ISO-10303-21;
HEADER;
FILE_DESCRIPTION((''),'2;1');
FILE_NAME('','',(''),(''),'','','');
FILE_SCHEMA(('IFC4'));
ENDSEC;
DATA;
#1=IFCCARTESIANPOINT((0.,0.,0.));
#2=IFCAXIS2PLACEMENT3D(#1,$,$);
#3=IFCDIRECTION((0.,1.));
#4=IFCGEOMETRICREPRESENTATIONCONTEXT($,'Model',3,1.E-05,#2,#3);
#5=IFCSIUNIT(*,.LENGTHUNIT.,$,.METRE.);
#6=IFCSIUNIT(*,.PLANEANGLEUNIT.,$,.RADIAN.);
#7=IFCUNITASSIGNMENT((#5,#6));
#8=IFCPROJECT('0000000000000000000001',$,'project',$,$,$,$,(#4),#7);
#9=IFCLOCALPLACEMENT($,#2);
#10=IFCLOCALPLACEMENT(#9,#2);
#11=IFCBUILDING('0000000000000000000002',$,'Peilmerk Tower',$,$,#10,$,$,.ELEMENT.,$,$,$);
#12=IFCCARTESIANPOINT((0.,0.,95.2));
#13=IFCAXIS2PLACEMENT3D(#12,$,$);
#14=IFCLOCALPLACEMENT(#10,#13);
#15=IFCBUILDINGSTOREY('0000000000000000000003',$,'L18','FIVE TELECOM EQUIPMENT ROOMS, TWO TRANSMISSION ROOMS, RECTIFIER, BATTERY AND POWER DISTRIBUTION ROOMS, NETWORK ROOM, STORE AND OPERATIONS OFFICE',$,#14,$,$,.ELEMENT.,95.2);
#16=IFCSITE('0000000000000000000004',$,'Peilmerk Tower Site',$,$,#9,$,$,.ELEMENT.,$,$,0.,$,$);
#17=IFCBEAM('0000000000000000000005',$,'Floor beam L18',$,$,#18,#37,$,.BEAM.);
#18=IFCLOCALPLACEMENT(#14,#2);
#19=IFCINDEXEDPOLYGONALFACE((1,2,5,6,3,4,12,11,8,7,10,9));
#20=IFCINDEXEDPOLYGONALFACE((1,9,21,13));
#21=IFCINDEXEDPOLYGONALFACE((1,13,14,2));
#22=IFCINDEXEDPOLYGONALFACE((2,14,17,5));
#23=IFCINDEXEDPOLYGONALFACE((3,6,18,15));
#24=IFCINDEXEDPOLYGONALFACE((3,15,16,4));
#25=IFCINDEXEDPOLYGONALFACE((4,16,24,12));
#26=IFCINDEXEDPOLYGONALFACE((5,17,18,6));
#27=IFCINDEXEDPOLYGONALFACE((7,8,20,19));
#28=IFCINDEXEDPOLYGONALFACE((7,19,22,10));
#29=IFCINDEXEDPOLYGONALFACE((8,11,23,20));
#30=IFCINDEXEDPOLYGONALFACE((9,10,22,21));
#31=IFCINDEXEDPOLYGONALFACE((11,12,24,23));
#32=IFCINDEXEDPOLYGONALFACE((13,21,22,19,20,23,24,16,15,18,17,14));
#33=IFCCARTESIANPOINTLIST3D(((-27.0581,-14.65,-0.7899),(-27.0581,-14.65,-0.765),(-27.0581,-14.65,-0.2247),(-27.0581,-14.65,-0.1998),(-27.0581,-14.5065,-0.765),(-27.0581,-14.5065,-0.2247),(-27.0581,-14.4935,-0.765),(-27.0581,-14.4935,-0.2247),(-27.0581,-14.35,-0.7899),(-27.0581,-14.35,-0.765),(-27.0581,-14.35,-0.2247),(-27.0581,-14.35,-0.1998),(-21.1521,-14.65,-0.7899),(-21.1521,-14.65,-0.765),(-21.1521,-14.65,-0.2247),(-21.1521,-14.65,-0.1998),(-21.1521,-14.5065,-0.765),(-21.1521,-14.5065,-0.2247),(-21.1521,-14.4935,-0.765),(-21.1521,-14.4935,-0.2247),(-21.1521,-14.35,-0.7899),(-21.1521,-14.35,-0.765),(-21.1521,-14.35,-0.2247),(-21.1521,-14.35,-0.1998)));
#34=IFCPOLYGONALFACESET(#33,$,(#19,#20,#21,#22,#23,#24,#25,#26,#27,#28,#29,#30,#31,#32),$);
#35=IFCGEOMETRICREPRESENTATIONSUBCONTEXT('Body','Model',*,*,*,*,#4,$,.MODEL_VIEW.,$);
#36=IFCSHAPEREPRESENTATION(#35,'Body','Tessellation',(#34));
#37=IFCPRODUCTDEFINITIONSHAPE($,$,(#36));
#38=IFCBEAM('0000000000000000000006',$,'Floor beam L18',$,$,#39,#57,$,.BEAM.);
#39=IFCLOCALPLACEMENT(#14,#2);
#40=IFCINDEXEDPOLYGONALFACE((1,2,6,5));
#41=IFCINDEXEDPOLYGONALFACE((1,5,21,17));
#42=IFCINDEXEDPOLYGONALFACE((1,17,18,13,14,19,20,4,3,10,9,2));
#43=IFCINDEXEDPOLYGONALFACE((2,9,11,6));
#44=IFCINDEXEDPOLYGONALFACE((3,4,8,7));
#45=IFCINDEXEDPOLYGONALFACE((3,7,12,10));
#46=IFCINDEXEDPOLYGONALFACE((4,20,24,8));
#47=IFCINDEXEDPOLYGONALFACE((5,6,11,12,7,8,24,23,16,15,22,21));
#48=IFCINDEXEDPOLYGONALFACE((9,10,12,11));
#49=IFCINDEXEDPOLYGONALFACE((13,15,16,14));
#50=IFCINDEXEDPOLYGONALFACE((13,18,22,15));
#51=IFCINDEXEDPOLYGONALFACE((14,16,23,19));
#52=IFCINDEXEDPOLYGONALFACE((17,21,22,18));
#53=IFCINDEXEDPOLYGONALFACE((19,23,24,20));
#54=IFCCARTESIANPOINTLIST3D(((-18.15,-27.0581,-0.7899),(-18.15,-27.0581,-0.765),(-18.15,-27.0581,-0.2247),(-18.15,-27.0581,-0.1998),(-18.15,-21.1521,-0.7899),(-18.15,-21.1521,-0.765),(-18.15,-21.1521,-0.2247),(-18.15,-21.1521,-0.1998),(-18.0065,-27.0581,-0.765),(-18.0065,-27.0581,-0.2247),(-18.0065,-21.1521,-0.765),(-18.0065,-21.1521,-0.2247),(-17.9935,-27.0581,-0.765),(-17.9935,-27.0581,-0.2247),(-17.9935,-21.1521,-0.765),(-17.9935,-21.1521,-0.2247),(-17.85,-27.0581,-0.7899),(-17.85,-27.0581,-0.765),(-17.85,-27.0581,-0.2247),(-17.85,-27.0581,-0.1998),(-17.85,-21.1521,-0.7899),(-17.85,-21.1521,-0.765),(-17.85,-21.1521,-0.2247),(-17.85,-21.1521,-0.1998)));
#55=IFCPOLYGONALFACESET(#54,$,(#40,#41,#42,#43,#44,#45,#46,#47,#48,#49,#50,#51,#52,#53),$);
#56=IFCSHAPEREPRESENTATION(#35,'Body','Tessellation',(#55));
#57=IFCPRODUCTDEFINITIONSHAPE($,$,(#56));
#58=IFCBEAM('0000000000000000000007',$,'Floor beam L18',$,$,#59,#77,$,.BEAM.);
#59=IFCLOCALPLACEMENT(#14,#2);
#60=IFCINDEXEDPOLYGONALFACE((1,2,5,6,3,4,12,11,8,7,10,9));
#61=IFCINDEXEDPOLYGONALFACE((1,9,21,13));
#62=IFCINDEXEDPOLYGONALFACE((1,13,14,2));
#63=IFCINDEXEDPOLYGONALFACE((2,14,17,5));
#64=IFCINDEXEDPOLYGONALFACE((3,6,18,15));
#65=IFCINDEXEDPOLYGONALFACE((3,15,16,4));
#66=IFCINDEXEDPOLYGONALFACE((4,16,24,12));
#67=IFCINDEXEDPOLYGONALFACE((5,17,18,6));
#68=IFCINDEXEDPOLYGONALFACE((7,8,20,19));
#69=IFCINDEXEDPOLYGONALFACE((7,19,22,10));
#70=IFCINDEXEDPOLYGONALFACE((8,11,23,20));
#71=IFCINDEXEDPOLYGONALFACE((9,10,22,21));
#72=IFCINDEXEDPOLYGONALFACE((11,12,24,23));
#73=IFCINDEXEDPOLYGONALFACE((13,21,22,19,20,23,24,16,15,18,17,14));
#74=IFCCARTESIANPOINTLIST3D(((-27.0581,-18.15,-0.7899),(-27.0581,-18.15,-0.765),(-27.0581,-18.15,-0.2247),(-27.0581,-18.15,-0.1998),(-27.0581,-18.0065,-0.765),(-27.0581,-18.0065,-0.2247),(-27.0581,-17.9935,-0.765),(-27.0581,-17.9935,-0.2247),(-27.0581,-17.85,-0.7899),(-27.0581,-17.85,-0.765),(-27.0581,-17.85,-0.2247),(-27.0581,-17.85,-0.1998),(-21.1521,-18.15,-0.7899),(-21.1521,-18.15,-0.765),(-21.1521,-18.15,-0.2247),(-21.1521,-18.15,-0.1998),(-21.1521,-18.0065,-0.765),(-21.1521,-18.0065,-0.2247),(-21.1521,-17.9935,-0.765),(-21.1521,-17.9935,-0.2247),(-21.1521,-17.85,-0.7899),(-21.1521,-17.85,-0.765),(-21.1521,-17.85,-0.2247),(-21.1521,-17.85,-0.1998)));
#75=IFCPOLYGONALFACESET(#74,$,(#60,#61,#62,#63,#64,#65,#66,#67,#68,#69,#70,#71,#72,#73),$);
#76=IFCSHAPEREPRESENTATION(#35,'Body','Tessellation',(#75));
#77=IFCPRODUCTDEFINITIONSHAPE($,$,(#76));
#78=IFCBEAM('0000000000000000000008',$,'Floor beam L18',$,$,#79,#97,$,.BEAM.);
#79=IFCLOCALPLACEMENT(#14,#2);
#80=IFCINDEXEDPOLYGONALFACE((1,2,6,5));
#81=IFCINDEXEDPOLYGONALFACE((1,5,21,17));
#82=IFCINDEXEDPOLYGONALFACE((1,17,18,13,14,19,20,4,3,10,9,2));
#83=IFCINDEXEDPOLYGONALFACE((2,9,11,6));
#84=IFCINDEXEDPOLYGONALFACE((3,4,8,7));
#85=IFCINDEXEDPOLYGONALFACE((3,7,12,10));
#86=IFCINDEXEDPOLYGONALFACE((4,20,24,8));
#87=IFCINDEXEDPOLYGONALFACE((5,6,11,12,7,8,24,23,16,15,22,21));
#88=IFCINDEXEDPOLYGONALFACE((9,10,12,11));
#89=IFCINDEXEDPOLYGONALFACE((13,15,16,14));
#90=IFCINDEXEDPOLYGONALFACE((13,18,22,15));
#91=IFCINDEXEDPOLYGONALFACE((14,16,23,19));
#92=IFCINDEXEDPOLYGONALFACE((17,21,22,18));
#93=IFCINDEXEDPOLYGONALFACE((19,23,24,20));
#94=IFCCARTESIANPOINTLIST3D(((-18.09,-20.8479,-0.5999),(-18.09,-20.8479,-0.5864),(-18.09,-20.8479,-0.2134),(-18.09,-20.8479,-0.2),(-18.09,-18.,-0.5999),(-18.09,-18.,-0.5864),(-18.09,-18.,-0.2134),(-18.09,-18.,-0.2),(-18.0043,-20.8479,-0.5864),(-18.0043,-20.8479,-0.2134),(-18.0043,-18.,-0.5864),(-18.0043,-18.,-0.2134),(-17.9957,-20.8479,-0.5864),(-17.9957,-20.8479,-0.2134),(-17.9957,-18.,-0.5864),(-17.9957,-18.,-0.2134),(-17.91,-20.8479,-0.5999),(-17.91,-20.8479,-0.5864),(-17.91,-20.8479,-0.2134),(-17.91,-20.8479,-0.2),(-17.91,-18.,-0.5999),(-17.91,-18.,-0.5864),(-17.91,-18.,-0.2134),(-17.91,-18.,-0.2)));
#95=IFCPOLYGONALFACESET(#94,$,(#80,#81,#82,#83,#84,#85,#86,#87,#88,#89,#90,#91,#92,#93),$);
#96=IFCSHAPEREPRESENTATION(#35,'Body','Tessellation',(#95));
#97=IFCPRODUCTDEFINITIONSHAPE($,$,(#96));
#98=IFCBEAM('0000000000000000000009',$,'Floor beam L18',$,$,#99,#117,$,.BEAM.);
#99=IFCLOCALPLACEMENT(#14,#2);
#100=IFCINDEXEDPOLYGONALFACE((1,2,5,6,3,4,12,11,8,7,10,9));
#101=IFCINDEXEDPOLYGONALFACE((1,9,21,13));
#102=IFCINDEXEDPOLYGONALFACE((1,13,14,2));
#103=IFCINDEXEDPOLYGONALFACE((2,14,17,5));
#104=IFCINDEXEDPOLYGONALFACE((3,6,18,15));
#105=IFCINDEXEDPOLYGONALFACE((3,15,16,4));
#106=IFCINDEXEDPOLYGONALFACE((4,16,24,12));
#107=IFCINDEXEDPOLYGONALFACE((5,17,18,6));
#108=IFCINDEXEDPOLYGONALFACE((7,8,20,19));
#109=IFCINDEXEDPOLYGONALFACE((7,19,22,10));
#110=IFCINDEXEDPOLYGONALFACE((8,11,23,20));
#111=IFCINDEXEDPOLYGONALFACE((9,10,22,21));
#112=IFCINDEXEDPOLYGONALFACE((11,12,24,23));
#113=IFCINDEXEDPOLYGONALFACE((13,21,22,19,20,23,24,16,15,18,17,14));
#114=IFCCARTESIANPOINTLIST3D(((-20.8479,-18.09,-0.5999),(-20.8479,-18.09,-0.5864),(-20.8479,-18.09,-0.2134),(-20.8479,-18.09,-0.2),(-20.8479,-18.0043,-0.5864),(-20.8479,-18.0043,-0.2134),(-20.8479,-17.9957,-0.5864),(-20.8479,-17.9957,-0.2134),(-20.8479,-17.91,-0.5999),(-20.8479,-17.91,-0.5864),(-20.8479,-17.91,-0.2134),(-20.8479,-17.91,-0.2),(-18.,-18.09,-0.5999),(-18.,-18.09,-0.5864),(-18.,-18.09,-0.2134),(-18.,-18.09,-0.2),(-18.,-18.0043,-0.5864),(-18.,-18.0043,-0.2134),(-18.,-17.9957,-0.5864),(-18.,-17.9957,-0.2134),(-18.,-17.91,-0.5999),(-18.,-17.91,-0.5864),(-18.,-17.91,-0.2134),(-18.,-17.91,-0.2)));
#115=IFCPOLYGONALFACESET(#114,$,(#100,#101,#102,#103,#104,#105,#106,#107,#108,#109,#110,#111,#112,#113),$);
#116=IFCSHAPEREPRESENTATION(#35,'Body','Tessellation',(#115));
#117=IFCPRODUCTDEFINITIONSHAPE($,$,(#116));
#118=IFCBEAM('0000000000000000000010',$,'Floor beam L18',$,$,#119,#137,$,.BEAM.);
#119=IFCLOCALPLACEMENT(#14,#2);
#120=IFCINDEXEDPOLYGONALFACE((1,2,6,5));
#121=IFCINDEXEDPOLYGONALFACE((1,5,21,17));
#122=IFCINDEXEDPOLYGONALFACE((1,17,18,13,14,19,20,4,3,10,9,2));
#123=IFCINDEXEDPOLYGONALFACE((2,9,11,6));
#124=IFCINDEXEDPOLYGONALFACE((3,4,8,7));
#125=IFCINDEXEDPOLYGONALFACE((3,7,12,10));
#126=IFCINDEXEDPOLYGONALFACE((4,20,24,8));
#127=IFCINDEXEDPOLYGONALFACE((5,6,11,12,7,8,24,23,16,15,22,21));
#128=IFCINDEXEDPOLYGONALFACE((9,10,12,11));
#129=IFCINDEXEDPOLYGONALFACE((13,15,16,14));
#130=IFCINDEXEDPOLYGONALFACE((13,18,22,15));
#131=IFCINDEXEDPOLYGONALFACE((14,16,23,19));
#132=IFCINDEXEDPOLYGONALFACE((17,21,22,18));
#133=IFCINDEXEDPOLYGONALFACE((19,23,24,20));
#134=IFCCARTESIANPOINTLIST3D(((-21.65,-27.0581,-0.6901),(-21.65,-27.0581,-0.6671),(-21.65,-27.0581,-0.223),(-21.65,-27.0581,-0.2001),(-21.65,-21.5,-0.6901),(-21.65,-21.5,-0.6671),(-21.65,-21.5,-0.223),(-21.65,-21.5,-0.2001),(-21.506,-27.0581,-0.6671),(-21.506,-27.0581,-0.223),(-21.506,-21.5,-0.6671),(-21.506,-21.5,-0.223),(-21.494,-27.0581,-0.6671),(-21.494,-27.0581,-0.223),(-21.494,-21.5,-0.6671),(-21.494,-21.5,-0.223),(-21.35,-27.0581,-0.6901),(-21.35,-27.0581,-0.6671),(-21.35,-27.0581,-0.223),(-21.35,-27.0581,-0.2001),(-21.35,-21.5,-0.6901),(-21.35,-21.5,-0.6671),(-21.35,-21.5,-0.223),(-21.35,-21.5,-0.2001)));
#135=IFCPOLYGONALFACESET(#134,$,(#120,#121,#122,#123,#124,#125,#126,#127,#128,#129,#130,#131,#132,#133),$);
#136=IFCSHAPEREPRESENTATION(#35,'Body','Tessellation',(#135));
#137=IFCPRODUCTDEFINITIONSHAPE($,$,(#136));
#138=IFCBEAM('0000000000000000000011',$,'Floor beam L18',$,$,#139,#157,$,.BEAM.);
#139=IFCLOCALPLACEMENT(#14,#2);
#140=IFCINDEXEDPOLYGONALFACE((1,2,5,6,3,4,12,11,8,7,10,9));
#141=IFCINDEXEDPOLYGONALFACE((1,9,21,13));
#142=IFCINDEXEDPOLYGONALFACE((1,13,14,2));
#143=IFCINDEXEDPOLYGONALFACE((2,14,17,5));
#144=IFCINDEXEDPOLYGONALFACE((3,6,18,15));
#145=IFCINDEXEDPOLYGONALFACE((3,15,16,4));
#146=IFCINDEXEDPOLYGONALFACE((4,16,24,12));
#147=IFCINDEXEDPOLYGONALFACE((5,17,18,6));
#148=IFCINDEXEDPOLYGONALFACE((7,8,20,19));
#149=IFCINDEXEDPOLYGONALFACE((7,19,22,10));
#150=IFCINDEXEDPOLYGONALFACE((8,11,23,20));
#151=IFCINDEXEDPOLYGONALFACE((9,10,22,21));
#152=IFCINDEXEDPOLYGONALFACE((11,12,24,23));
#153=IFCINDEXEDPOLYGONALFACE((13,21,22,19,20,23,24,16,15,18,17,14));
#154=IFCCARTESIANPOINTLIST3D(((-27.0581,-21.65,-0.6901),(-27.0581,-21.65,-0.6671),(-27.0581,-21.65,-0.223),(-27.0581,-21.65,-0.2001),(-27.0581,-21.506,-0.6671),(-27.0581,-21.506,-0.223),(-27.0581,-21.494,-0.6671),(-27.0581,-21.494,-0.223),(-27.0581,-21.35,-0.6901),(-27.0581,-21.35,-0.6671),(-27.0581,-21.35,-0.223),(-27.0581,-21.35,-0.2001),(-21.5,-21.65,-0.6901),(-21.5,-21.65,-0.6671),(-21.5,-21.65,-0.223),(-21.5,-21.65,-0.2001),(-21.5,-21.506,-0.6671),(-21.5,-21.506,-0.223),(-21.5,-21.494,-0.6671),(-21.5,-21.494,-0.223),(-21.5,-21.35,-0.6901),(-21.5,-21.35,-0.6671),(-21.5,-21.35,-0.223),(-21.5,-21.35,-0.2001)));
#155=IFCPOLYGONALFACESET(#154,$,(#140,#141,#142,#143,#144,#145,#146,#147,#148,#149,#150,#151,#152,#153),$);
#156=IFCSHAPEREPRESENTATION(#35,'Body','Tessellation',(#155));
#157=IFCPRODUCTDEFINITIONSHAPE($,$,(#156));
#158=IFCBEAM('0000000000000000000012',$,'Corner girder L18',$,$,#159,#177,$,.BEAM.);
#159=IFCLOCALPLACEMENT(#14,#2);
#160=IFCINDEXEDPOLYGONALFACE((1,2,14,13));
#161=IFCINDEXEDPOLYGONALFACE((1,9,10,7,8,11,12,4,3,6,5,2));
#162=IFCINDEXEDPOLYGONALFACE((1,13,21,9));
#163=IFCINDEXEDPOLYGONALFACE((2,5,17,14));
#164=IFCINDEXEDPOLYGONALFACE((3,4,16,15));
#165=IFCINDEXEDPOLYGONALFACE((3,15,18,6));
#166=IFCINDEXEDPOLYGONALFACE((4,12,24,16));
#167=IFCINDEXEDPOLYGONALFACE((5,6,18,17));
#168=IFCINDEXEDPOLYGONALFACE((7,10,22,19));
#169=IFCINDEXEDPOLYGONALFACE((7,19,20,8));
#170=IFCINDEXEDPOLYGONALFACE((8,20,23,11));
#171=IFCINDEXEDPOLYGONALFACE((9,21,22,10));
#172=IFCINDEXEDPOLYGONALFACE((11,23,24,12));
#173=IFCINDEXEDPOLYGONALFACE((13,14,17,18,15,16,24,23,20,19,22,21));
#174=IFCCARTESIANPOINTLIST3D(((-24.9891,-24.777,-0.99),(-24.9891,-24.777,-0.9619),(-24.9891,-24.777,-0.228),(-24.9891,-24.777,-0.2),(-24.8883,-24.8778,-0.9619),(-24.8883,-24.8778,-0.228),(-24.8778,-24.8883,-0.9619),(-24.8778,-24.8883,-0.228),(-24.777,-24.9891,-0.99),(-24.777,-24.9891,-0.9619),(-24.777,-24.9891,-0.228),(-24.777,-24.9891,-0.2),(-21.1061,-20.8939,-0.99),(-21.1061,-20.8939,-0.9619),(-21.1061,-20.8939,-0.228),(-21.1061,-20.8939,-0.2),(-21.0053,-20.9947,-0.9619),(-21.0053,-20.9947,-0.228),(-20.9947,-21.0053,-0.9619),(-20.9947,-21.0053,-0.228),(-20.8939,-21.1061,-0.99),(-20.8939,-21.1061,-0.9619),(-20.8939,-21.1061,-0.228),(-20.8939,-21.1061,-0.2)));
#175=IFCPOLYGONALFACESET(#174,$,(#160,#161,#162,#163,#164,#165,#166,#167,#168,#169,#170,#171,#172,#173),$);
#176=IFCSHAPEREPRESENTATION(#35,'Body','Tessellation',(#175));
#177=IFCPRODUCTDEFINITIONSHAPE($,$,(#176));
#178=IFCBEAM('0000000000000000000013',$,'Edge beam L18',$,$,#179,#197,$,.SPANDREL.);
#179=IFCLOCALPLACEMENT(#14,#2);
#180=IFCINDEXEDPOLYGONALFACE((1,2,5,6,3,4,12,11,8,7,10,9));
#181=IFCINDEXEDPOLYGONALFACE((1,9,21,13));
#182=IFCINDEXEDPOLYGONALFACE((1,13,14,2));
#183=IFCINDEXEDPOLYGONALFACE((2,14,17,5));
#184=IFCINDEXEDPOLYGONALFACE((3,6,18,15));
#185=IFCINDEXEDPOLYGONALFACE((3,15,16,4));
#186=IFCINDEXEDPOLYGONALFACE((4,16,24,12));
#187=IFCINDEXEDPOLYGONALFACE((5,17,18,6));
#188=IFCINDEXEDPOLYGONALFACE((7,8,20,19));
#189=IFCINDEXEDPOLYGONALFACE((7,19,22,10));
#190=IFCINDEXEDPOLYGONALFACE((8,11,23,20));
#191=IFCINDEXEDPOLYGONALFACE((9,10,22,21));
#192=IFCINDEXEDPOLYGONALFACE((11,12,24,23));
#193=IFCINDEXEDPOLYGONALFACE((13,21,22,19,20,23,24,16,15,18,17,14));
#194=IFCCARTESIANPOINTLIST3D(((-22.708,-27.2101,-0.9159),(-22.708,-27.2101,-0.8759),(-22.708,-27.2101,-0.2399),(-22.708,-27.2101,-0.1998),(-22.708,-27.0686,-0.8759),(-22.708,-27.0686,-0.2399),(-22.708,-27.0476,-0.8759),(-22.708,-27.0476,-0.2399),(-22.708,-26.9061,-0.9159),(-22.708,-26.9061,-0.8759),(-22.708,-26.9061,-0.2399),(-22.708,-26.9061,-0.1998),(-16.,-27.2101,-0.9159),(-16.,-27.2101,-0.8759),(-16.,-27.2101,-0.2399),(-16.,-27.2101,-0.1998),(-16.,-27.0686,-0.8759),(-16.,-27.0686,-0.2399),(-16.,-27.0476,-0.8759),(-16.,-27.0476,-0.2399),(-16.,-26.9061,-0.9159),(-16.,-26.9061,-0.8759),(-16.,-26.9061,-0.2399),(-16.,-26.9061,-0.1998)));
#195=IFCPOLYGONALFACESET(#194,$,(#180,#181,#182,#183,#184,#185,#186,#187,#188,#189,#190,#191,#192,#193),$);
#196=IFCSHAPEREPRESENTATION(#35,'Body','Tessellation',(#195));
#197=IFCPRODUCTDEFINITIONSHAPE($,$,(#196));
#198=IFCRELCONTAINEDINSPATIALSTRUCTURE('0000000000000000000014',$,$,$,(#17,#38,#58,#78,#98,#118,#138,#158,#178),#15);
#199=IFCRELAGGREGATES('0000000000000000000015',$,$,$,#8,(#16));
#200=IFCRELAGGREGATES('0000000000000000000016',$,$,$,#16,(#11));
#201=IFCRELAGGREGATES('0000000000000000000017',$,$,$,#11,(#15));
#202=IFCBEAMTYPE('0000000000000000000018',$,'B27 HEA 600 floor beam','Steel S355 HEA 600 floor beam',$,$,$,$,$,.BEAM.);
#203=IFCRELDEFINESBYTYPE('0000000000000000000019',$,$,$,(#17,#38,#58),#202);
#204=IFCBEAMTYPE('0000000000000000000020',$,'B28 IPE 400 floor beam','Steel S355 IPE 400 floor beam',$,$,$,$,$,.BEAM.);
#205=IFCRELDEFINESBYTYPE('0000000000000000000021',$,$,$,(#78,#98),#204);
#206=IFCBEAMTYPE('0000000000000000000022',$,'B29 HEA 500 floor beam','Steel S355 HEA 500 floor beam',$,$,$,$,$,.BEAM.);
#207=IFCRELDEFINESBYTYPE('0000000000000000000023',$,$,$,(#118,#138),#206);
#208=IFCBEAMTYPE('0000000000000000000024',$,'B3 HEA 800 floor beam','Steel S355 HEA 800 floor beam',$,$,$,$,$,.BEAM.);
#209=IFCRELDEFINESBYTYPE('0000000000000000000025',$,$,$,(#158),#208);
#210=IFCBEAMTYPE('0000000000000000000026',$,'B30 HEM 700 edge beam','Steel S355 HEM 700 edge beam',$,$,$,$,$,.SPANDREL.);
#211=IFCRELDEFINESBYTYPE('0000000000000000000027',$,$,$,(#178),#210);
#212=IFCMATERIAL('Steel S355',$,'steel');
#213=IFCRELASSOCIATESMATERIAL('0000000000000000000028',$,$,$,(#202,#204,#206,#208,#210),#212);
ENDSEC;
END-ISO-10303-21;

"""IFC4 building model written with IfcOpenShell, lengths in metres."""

from ifc_helpers import new_model, si_unit, direction, frame, origin, origin_2d, place, context, subcontext, project, spatial, i_section, extrude, material, material_profile, profile_set, type_object, element, save


model = new_model("IFC4")

# Units and contexts
model_context = context("Model", 3, precision=1e-05, world=origin(), true_north=direction((0.0, 1.0)))
body_context = subcontext(model_context, "Body", "Model", "MODEL_VIEW")
ifc_project = project(units=[si_unit("LENGTHUNIT", "METRE"), si_unit("PLANEANGLEUNIT", "RADIAN")], contexts=[model_context])

# Site, building, storey
site_placement = place(None, origin())
site = spatial("IfcSite", under=ifc_project, at=site_placement, Name="Peilmerk Tower Site", CompositionType="ELEMENT", RefElevation=0.0)
building_placement = place(site_placement, origin())
building = spatial("IfcBuilding", under=site, at=building_placement, Name="Peilmerk Tower", CompositionType="ELEMENT")
storey_placement = place(building_placement, frame((0.0, 0.0, 95.2)))
storey = spatial("IfcBuildingStorey", under=building, at=storey_placement, Name="L18", Description="FIVE TELECOM EQUIPMENT ROOMS, TWO TRANSMISSION ROOMS, RECTIFIER, BATTERY AND POWER DISTRIBUTION ROOMS, NETWORK ROOM, STORE AND OPERATIONS OFFICE", CompositionType="ELEMENT", Elevation=95.2)

# Beams
ifc_material_1 = material(Name="Steel S355", Category="steel")
ifc_material_profile_1 = material_profile(ifc_material_1, i_section(OverallWidth=0.3, OverallDepth=0.5901, WebThickness=0.0129, FlangeThickness=0.0249, at=origin_2d()), Name="HEA 600")
ifc_profile_set_1 = profile_set([ifc_material_profile_1], Name="Steel S355")
beam_type_1 = type_object("IfcBeamType", Name="B27 HEA 600 floor beam", Description="Steel S355 HEA 600 floor beam", PredefinedType="BEAM", material=ifc_profile_set_1)
for number, where, z_axis, x_axis, name in (
    (1, (-21.1521, -14.5, -0.4949), (-1.0, 0.0, 0.0), (0.0, -1.0, 0.0), "Floor beam L18"),
    (2, (-18.0, -21.1521, -0.4949), (0.0, -1.0, 0.0), (1.0, 0.0, 0.0), "Floor beam L18"),
    (3, (-21.1521, -18.0, -0.4949), (-1.0, 0.0, 0.0), (0.0, -1.0, 0.0), "Floor beam L18"),
):
    element("IfcBeam", number, at=place(storey_placement, frame(where, z_axis=z_axis, x_axis=x_axis)), inside=storey, type_object=beam_type_1, Name=name, PredefinedType="BEAM", context=body_context, shape_type="SweptSolid", body=[
        extrude(i_section(OverallWidth=0.3, OverallDepth=0.5901, WebThickness=0.0129, FlangeThickness=0.0249, at=origin_2d()), origin(), (0.0, 0.0, 1.0), 5.906),
    ])
ifc_material_profile_2 = material_profile(ifc_material_1, i_section(OverallWidth=0.1799, OverallDepth=0.3999, WebThickness=0.0085, FlangeThickness=0.0134, at=origin_2d()), Name="IPE 400")
ifc_profile_set_2 = profile_set([ifc_material_profile_2], Name="Steel S355")
beam_type_2 = type_object("IfcBeamType", Name="B28 IPE 400 floor beam", Description="Steel S355 IPE 400 floor beam", PredefinedType="BEAM", material=ifc_profile_set_2)
for number, where, z_axis, x_axis, name in (
    (4, (-18.0, -18.0, -0.3999), (0.0, -1.0, 0.0), (1.0, 0.0, 0.0), "Floor beam L18"),
    (5, (-18.0, -18.0, -0.3999), (-1.0, 0.0, 0.0), (0.0, -1.0, 0.0), "Floor beam L18"),
):
    element("IfcBeam", number, at=place(storey_placement, frame(where, z_axis=z_axis, x_axis=x_axis)), inside=storey, type_object=beam_type_2, Name=name, PredefinedType="BEAM", context=body_context, shape_type="SweptSolid", body=[
        extrude(i_section(OverallWidth=0.1799, OverallDepth=0.3999, WebThickness=0.0085, FlangeThickness=0.0134, at=origin_2d()), origin(), (0.0, 0.0, 1.0), 2.8479),
    ])
ifc_material_profile_3 = material_profile(ifc_material_1, i_section(OverallWidth=0.3, OverallDepth=0.49, WebThickness=0.012, FlangeThickness=0.0229, at=origin_2d()), Name="HEA 500")
ifc_profile_set_3 = profile_set([ifc_material_profile_3], Name="Steel S355")
beam_type_3 = type_object("IfcBeamType", Name="B29 HEA 500 floor beam", Description="Steel S355 HEA 500 floor beam", PredefinedType="BEAM", material=ifc_profile_set_3)
for number, where, z_axis, x_axis, name in (
    (6, (-21.5, -21.5, -0.4451), (0.0, -1.0, 0.0), (1.0, 0.0, 0.0), "Floor beam L18"),
    (7, (-21.5, -21.5, -0.4451), (-1.0, 0.0, 0.0), (0.0, -1.0, 0.0), "Floor beam L18"),
):
    element("IfcBeam", number, at=place(storey_placement, frame(where, z_axis=z_axis, x_axis=x_axis)), inside=storey, type_object=beam_type_3, Name=name, PredefinedType="BEAM", context=body_context, shape_type="SweptSolid", body=[
        extrude(i_section(OverallWidth=0.3, OverallDepth=0.49, WebThickness=0.012, FlangeThickness=0.0229, at=origin_2d()), origin(), (0.0, 0.0, 1.0), 5.5581),
    ])
ifc_material_profile_4 = material_profile(ifc_material_1, i_section(OverallWidth=0.3, OverallDepth=0.79, WebThickness=0.0149, FlangeThickness=0.0281, at=origin_2d()), Name="HEA 800")
ifc_profile_set_4 = profile_set([ifc_material_profile_4], Name="Steel S355")
beam_type_4 = type_object("IfcBeamType", Name="B3 HEA 800 floor beam", Description="Steel S355 HEA 800 floor beam", PredefinedType="BEAM", material=ifc_profile_set_4)
beam_1_placement = place(storey_placement, frame((-21.0, -21.0, -0.595), z_axis=(-0.707107, -0.707107, 0.0), x_axis=(0.707107, -0.707107, 0.0)))
element("IfcBeam", 8, at=beam_1_placement, inside=storey, type_object=beam_type_4, Name="Corner girder L18", PredefinedType="BEAM", context=body_context, shape_type="SweptSolid", body=[
    extrude(i_section(OverallWidth=0.3, OverallDepth=0.79, WebThickness=0.0149, FlangeThickness=0.0281, at=origin_2d()), origin(), (0.0, 0.0, 1.0), 5.4915),
])
ifc_material_profile_5 = material_profile(ifc_material_1, i_section(OverallWidth=0.304, OverallDepth=0.7161, WebThickness=0.021, FlangeThickness=0.04, at=origin_2d()), Name="HEM 700")
ifc_profile_set_5 = profile_set([ifc_material_profile_5], Name="Steel S355")
beam_type_5 = type_object("IfcBeamType", Name="B30 HEM 700 edge beam", Description="Steel S355 HEM 700 edge beam", PredefinedType="SPANDREL", material=ifc_profile_set_5)
for number, where, z_axis, x_axis, name in (
    (9, (-22.708, -27.0581, -0.5579), (1.0, 0.0, 0.0), (0.0, 1.0, 0.0), "Edge beam L18"),
):
    element("IfcBeam", number, at=place(storey_placement, frame(where, z_axis=z_axis, x_axis=x_axis)), inside=storey, type_object=beam_type_5, Name=name, PredefinedType="SPANDREL", context=body_context, shape_type="SweptSolid", body=[
        extrude(i_section(OverallWidth=0.304, OverallDepth=0.7161, WebThickness=0.021, FlangeThickness=0.04, at=origin_2d()), origin(), (0.0, 0.0, 1.0), 6.708),
    ])

save(model, "model.ifc")
